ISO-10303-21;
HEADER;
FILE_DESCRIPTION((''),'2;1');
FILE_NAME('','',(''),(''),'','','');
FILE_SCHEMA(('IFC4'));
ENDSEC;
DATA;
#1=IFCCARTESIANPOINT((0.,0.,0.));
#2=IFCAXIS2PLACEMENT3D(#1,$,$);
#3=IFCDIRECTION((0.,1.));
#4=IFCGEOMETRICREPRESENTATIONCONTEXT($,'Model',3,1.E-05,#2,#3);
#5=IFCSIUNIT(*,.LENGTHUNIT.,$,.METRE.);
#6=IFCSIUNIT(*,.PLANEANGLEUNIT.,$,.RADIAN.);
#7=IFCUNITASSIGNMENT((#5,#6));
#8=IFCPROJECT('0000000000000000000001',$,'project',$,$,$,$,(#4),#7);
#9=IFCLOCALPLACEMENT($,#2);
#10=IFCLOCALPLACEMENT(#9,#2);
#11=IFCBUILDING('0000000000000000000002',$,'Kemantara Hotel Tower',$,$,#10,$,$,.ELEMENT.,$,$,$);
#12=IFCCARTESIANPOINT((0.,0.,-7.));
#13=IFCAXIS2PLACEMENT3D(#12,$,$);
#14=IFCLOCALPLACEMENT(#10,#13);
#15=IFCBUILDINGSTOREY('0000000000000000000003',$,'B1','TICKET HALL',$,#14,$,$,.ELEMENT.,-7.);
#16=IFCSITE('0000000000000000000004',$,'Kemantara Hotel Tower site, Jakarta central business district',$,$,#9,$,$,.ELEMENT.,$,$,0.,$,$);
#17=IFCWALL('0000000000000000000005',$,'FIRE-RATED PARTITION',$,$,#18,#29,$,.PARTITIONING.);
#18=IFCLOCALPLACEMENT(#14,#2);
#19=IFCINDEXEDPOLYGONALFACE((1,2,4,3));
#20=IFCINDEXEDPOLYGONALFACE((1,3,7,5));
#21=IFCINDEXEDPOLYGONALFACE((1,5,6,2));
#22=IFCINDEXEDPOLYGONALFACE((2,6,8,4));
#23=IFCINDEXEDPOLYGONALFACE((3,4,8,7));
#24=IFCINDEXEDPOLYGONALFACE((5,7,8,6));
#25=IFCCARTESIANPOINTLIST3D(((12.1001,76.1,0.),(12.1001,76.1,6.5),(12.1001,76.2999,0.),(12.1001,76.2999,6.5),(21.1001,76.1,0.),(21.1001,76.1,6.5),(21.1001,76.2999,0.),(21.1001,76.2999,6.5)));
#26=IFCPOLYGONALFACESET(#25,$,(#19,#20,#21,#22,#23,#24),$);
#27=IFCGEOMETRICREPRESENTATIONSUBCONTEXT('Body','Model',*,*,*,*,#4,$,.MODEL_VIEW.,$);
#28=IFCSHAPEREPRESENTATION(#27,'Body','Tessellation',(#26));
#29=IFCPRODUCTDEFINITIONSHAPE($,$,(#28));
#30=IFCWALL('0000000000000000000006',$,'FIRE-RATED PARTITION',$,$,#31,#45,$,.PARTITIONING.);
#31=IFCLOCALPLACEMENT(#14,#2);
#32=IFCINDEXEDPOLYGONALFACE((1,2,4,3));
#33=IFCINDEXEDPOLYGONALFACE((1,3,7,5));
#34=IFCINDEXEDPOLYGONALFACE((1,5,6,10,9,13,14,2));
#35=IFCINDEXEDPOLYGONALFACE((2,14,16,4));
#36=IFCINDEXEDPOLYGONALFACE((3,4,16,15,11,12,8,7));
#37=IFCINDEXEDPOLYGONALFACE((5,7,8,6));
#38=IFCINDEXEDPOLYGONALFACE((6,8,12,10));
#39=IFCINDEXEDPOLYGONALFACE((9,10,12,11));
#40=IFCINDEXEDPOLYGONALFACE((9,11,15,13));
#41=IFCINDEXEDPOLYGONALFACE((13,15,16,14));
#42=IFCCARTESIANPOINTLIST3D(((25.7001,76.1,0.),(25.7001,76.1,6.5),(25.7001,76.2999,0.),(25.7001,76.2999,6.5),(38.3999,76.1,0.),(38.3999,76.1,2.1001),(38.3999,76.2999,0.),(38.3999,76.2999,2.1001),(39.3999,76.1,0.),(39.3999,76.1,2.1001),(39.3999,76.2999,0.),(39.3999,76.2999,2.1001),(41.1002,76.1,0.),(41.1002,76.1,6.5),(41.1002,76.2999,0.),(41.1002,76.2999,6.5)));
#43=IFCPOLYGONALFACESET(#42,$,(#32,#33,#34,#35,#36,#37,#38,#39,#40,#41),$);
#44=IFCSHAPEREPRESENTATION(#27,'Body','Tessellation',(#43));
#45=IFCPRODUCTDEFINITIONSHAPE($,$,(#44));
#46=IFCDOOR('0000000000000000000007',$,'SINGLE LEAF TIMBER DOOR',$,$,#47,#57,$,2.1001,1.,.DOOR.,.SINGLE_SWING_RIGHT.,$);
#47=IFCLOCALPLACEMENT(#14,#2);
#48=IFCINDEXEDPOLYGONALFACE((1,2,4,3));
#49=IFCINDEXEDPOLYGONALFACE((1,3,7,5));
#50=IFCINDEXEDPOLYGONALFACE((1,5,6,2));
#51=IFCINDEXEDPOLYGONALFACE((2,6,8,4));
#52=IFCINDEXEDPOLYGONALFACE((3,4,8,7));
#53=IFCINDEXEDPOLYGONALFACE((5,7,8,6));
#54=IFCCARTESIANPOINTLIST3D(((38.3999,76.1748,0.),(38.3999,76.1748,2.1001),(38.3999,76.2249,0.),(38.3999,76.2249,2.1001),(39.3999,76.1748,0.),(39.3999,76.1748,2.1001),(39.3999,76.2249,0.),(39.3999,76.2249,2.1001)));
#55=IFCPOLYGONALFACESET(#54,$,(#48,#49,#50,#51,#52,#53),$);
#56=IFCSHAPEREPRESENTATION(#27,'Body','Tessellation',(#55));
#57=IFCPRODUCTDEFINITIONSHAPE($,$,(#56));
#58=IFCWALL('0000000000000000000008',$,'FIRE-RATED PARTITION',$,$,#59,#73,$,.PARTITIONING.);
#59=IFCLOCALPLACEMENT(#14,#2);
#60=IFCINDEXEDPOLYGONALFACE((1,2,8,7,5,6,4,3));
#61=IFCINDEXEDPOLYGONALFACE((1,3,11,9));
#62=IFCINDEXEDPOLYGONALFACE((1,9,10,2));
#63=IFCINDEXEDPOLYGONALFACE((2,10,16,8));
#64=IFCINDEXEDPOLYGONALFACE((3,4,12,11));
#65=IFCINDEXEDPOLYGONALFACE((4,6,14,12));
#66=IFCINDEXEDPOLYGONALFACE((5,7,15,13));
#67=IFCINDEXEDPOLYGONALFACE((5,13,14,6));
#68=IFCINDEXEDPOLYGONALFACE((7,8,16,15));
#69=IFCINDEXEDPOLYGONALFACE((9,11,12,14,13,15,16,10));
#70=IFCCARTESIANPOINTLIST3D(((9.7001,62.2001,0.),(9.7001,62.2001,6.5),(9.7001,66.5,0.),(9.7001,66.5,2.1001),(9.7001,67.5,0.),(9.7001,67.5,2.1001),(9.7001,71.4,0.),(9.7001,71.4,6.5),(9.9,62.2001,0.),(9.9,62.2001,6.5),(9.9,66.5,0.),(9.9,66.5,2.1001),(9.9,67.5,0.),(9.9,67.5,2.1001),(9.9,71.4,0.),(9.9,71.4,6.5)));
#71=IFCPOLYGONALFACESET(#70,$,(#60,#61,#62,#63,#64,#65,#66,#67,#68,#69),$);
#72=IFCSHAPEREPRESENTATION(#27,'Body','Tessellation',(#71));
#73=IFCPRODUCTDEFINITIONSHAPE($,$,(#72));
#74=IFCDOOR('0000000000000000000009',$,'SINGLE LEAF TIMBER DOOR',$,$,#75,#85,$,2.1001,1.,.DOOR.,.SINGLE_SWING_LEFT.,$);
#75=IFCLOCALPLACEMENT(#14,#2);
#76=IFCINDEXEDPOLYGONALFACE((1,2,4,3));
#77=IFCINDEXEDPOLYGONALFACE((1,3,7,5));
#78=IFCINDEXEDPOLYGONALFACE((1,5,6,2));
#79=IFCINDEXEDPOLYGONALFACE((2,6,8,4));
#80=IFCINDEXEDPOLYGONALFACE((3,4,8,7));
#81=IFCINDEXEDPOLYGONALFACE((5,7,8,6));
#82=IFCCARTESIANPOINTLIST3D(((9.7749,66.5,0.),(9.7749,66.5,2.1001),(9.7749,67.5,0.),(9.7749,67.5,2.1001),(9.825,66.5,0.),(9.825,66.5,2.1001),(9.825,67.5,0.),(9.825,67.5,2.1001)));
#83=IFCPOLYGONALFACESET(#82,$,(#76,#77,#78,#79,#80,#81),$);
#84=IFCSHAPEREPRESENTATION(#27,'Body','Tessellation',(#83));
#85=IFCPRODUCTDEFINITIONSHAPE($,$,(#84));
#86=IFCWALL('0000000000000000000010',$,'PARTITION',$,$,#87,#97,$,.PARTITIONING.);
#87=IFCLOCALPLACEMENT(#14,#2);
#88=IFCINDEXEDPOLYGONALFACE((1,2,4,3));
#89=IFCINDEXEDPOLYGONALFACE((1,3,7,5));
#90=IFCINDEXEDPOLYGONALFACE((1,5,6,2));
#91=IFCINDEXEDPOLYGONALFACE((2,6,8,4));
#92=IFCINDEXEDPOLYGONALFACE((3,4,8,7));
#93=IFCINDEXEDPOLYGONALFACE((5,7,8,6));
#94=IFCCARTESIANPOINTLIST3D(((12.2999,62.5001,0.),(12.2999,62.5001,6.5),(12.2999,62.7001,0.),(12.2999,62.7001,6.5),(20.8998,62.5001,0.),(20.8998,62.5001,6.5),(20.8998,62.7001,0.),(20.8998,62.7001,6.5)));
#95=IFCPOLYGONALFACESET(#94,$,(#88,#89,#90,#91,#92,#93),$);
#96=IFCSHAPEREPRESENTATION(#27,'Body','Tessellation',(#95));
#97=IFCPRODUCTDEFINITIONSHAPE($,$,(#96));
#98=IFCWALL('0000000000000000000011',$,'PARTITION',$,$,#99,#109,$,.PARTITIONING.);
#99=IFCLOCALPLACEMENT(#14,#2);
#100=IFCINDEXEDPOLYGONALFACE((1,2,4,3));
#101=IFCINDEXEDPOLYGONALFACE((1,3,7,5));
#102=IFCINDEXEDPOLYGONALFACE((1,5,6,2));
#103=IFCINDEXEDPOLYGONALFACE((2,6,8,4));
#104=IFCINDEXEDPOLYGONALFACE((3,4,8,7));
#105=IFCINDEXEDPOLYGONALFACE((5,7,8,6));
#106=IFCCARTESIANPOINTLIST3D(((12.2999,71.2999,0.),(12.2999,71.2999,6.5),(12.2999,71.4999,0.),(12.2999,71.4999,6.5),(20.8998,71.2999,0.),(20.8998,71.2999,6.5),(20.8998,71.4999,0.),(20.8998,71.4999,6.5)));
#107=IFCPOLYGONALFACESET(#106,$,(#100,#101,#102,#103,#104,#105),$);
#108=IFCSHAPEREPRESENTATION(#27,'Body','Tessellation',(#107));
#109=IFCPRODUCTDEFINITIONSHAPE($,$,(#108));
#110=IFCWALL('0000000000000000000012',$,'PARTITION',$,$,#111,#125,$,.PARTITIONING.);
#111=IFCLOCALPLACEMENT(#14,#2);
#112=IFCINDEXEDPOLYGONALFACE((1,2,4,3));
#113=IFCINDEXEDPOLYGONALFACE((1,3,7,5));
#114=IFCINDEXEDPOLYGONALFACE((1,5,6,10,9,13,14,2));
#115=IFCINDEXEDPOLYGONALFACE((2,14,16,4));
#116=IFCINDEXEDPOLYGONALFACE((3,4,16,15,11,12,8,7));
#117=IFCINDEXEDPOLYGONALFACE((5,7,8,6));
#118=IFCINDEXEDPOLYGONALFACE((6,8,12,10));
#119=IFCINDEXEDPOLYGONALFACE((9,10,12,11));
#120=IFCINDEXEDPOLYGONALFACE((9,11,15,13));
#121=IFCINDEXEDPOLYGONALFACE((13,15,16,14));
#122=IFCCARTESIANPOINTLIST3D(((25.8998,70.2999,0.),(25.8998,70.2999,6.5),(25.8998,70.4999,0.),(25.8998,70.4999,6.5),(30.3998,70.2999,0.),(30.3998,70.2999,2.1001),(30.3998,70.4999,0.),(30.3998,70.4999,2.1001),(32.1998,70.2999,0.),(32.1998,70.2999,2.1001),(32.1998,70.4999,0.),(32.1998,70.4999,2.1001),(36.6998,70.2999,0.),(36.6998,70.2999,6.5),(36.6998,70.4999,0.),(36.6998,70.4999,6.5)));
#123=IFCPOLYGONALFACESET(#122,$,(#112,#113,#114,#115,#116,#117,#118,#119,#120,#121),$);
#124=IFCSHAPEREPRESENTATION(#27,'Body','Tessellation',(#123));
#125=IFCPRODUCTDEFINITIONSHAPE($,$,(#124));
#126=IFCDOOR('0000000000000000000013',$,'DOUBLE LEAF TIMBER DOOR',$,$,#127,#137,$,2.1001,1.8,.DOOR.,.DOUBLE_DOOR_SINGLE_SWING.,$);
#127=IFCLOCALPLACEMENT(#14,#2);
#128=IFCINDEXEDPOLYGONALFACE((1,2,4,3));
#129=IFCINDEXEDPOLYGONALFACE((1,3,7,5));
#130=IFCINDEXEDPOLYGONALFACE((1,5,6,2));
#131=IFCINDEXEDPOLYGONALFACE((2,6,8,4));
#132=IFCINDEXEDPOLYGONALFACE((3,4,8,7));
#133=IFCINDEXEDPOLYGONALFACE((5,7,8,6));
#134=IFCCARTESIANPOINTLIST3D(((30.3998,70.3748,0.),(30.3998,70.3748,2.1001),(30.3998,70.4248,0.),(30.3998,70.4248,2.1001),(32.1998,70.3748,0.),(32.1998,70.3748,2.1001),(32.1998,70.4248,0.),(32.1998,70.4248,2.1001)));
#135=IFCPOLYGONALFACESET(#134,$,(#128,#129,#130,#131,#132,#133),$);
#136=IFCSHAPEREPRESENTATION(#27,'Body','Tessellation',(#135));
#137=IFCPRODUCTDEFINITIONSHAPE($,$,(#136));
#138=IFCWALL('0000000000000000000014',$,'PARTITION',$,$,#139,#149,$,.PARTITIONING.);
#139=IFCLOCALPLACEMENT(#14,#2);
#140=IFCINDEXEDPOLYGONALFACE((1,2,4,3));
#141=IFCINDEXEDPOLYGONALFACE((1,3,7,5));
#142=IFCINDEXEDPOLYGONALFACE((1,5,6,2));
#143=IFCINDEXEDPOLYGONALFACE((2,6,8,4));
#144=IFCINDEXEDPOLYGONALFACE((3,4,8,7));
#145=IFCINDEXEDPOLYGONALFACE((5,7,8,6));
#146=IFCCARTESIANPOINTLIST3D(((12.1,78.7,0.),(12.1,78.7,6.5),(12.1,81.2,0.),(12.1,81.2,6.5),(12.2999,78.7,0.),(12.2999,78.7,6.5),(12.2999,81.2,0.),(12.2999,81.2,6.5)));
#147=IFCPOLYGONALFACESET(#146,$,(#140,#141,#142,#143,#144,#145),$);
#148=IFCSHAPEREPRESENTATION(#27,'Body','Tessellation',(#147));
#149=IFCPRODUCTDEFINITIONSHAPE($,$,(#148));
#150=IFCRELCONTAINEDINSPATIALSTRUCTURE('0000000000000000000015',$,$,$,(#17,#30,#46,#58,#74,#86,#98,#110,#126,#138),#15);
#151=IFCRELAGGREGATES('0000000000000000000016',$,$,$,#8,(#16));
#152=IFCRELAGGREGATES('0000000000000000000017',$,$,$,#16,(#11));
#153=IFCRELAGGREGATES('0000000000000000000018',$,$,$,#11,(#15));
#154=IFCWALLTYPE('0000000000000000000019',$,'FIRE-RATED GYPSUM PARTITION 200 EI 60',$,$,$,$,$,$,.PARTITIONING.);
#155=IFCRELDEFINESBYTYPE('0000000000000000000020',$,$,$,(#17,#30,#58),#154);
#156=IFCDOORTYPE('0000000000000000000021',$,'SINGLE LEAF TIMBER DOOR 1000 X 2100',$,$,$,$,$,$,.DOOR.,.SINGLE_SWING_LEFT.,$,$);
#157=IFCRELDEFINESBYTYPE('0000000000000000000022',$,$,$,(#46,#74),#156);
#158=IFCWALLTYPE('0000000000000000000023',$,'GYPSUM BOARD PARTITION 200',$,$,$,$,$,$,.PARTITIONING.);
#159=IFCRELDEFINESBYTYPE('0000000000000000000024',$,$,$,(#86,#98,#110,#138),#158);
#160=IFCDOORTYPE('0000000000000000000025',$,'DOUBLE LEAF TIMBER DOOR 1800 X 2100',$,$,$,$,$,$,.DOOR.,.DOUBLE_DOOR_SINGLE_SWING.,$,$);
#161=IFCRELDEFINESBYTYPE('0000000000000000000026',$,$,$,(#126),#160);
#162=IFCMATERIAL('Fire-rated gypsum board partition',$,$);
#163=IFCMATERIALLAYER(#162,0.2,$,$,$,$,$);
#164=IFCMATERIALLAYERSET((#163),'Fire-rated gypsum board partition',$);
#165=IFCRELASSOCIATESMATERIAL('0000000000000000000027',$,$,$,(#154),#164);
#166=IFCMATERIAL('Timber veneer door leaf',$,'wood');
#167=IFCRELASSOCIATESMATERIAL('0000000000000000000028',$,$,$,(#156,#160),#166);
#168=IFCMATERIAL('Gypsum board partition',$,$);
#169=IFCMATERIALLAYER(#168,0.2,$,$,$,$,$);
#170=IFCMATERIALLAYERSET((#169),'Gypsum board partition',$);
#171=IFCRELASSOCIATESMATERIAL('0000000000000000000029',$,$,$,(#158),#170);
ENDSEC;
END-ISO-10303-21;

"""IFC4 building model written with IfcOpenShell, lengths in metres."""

from ifc_helpers import new_model, si_unit, direction, frame, frame_2d, origin, place, context, subcontext, project, spatial, rectangle, extrude, material, layer, layer_set, type_object, element, fill, save


model = new_model("IFC4")

# Units and contexts
model_context = context("Model", 3, precision=1e-05, world=origin(), true_north=direction((0.0, 1.0)))
body_context = subcontext(model_context, "Body", "Model", "MODEL_VIEW")
ifc_project = project(units=[si_unit("LENGTHUNIT", "METRE"), si_unit("PLANEANGLEUNIT", "RADIAN")], contexts=[model_context])

# Site, building, storey
site_placement = place(None, origin())
site = spatial("IfcSite", under=ifc_project, at=site_placement, Name="Kemantara Hotel Tower site, Jakarta central business district", CompositionType="ELEMENT", RefElevation=0.0)
building_placement = place(site_placement, origin())
building = spatial("IfcBuilding", under=site, at=building_placement, Name="Kemantara Hotel Tower", CompositionType="ELEMENT")
storey_placement = place(building_placement, frame((0.0, 0.0, -7.0)))
storey = spatial("IfcBuildingStorey", under=building, at=storey_placement, Name="B1", Description="TICKET HALL", CompositionType="ELEMENT", Elevation=-7.0)

# Wall
ifc_material_1 = material(Name="Fire-rated gypsum board partition")
ifc_layer_1 = layer(ifc_material_1, 0.2)
ifc_layer_set_1 = layer_set([ifc_layer_1], Name="Fire-rated gypsum board partition")
wall_type_1 = type_object("IfcWallType", Name="FIRE-RATED GYPSUM PARTITION 200 EI 60", PredefinedType="PARTITIONING", material=ifc_layer_set_1)
wall_1_placement = place(storey_placement, frame((12.1001, 76.2, 0.0), z_axis=(0.0, 0.0, 1.0), x_axis=(1.0, 0.0, 0.0)))
element("IfcWall", 1, at=wall_1_placement, inside=storey, type_object=wall_type_1, Name="FIRE-RATED PARTITION", PredefinedType="PARTITIONING", context=body_context, shape_type="SweptSolid", body=[
    extrude(rectangle(XDim=9.0, YDim=0.2, at=frame_2d((4.5, 0.0))), origin(), (0.0, 0.0, 1.0), 6.5),
])

# Walls, openings, doors
wall_2_placement = place(storey_placement, frame((25.7, 76.2, 0.0), z_axis=(0.0, 0.0, 1.0), x_axis=(1.0, 0.0, 0.0)))
wall_2 = element("IfcWall", 2, at=wall_2_placement, inside=storey, type_object=wall_type_1, Name="FIRE-RATED PARTITION", PredefinedType="PARTITIONING", context=body_context, shape_type="SweptSolid", body=[
    extrude(rectangle(XDim=15.4001, YDim=0.2, at=frame_2d((7.7002, 0.0))), origin(), (0.0, 0.0, 1.0), 6.5),
])
opening_1_placement = place(wall_2_placement, frame((12.7, 0.0, 0.0)))
opening_1 = element("IfcOpeningElement", 3, at=opening_1_placement, cuts=wall_2, PredefinedType="OPENING", context=body_context, shape_type="SweptSolid", body=[
    extrude(rectangle(XDim=1.0, YDim=2.1001, at=frame_2d((0.5, 1.05))), frame((0.0, 0.1099, 0.0), z_axis=(0.0, -1.0, 0.0), x_axis=(1.0, 0.0, 0.0)), (0.0, 0.0, 1.0), 0.22),
])
ifc_material_2 = material(Name="Timber veneer door leaf", Category="wood")
door_type_1 = type_object("IfcDoorType", Name="SINGLE LEAF TIMBER DOOR 1000 X 2100", OperationType="SINGLE_SWING_LEFT", PredefinedType="DOOR", material=ifc_material_2)
door_1_placement = place(opening_1_placement, origin())
door_1 = element("IfcDoor", 4, at=door_1_placement, inside=storey, type_object=door_type_1, Name="SINGLE LEAF TIMBER DOOR", OperationType="SINGLE_SWING_RIGHT", OverallHeight=2.1001, OverallWidth=1.0, PredefinedType="DOOR", context=body_context, shape_type="SweptSolid", body=[
    extrude(rectangle(XDim=1.0, YDim=2.1001, at=frame_2d((0.5, 1.05))), frame((0.0, 0.0249, 0.0), z_axis=(0.0, -1.0, 0.0), x_axis=(1.0, 0.0, 0.0)), (0.0, 0.0, 1.0), 0.05),
])
fill(opening_1, door_1)
wall_3_placement = place(storey_placement, frame((9.8, 62.2, 0.0), z_axis=(0.0, 0.0, 1.0), x_axis=(0.0, 1.0, 0.0)))
wall_3 = element("IfcWall", 5, at=wall_3_placement, inside=storey, type_object=wall_type_1, Name="FIRE-RATED PARTITION", PredefinedType="PARTITIONING", context=body_context, shape_type="SweptSolid", body=[
    extrude(rectangle(XDim=9.2, YDim=0.2, at=frame_2d((4.6001, 0.0))), origin(), (0.0, 0.0, 1.0), 6.5),
])
opening_2_placement = place(wall_3_placement, frame((4.3, 0.0, 0.0)))
opening_2 = element("IfcOpeningElement", 6, at=opening_2_placement, cuts=wall_3, PredefinedType="OPENING", context=body_context, shape_type="SweptSolid", body=[
    extrude(rectangle(XDim=1.0, YDim=2.1001, at=frame_2d((0.5, 1.05))), frame((0.0, 0.1099, 0.0), z_axis=(0.0, -1.0, 0.0), x_axis=(1.0, 0.0, 0.0)), (0.0, 0.0, 1.0), 0.22),
])
door_2_placement = place(opening_2_placement, frame((1.0, 0.0, 0.0), z_axis=(0.0, 0.0, 1.0), x_axis=(-1.0, 0.0, 0.0)))
door_2 = element("IfcDoor", 7, at=door_2_placement, inside=storey, type_object=door_type_1, Name="SINGLE LEAF TIMBER DOOR", OperationType="SINGLE_SWING_LEFT", OverallHeight=2.1001, OverallWidth=1.0, PredefinedType="DOOR", context=body_context, shape_type="SweptSolid", body=[
    extrude(rectangle(XDim=1.0, YDim=2.1001, at=frame_2d((0.5, 1.05))), frame((0.0, 0.0249, 0.0), z_axis=(0.0, -1.0, 0.0), x_axis=(1.0, 0.0, 0.0)), (0.0, 0.0, 1.0), 0.05),
])
fill(opening_2, door_2)

# Walls
ifc_material_3 = material(Name="Gypsum board partition")
ifc_layer_2 = layer(ifc_material_3, 0.2)
ifc_layer_set_2 = layer_set([ifc_layer_2], Name="Gypsum board partition")
wall_type_2 = type_object("IfcWallType", Name="GYPSUM BOARD PARTITION 200", PredefinedType="PARTITIONING", material=ifc_layer_set_2)
for number, where, z_axis, x_axis, name in (
    (8, (12.3, 62.6001, 0.0), (0.0, 0.0, 1.0), (1.0, 0.0, 0.0), "PARTITION"),
    (9, (12.3, 71.3999, 0.0), (0.0, 0.0, 1.0), (1.0, 0.0, 0.0), "PARTITION"),
):
    element("IfcWall", number, at=place(storey_placement, frame(where, z_axis=z_axis, x_axis=x_axis)), inside=storey, type_object=wall_type_2, Name=name, PredefinedType="PARTITIONING", context=body_context, shape_type="SweptSolid", body=[
        extrude(rectangle(XDim=8.5999, YDim=0.2, at=frame_2d((4.2998, 0.0))), origin(), (0.0, 0.0, 1.0), 6.5),
    ])

# Wall, opening, door
wall_4_placement = place(storey_placement, frame((25.8999, 70.3999, 0.0), z_axis=(0.0, 0.0, 1.0), x_axis=(1.0, 0.0, 0.0)))
wall_4 = element("IfcWall", 10, at=wall_4_placement, inside=storey, type_object=wall_type_2, Name="PARTITION", PredefinedType="PARTITIONING", context=body_context, shape_type="SweptSolid", body=[
    extrude(rectangle(XDim=10.8, YDim=0.2, at=frame_2d((5.3999, 0.0))), origin(), (0.0, 0.0, 1.0), 6.5),
])
opening_3_placement = place(wall_4_placement, frame((4.5, 0.0, 0.0)))
opening_3 = element("IfcOpeningElement", 11, at=opening_3_placement, cuts=wall_4, PredefinedType="OPENING", context=body_context, shape_type="SweptSolid", body=[
    extrude(rectangle(XDim=1.8, YDim=2.1001, at=frame_2d((0.8999, 1.05))), frame((0.0, 0.1099, 0.0), z_axis=(0.0, -1.0, 0.0), x_axis=(1.0, 0.0, 0.0)), (0.0, 0.0, 1.0), 0.22),
])
door_type_2 = type_object("IfcDoorType", Name="DOUBLE LEAF TIMBER DOOR 1800 X 2100", OperationType="DOUBLE_DOOR_SINGLE_SWING", PredefinedType="DOOR", material=ifc_material_2)
door_3_placement = place(opening_3_placement, origin())
door_3 = element("IfcDoor", 12, at=door_3_placement, inside=storey, type_object=door_type_2, Name="DOUBLE LEAF TIMBER DOOR", OperationType="DOUBLE_DOOR_SINGLE_SWING", OverallHeight=2.1001, OverallWidth=1.8, PredefinedType="DOOR", context=body_context, shape_type="SweptSolid", body=[
    extrude(rectangle(XDim=1.8, YDim=2.1001, at=frame_2d((0.8999, 1.05))), frame((0.0, 0.0249, 0.0), z_axis=(0.0, -1.0, 0.0), x_axis=(1.0, 0.0, 0.0)), (0.0, 0.0, 1.0), 0.05),
])
fill(opening_3, door_3)

# Wall
wall_5_placement = place(storey_placement, frame((12.2, 78.7, 0.0), z_axis=(0.0, 0.0, 1.0), x_axis=(0.0, 1.0, 0.0)))
element("IfcWall", 13, at=wall_5_placement, inside=storey, type_object=wall_type_2, Name="PARTITION", PredefinedType="PARTITIONING", context=body_context, shape_type="SweptSolid", body=[
    extrude(rectangle(XDim=2.5, YDim=0.2, at=frame_2d((1.25, 0.0))), origin(), (0.0, 0.0, 1.0), 6.5),
])

save(model, "model.ifc")
